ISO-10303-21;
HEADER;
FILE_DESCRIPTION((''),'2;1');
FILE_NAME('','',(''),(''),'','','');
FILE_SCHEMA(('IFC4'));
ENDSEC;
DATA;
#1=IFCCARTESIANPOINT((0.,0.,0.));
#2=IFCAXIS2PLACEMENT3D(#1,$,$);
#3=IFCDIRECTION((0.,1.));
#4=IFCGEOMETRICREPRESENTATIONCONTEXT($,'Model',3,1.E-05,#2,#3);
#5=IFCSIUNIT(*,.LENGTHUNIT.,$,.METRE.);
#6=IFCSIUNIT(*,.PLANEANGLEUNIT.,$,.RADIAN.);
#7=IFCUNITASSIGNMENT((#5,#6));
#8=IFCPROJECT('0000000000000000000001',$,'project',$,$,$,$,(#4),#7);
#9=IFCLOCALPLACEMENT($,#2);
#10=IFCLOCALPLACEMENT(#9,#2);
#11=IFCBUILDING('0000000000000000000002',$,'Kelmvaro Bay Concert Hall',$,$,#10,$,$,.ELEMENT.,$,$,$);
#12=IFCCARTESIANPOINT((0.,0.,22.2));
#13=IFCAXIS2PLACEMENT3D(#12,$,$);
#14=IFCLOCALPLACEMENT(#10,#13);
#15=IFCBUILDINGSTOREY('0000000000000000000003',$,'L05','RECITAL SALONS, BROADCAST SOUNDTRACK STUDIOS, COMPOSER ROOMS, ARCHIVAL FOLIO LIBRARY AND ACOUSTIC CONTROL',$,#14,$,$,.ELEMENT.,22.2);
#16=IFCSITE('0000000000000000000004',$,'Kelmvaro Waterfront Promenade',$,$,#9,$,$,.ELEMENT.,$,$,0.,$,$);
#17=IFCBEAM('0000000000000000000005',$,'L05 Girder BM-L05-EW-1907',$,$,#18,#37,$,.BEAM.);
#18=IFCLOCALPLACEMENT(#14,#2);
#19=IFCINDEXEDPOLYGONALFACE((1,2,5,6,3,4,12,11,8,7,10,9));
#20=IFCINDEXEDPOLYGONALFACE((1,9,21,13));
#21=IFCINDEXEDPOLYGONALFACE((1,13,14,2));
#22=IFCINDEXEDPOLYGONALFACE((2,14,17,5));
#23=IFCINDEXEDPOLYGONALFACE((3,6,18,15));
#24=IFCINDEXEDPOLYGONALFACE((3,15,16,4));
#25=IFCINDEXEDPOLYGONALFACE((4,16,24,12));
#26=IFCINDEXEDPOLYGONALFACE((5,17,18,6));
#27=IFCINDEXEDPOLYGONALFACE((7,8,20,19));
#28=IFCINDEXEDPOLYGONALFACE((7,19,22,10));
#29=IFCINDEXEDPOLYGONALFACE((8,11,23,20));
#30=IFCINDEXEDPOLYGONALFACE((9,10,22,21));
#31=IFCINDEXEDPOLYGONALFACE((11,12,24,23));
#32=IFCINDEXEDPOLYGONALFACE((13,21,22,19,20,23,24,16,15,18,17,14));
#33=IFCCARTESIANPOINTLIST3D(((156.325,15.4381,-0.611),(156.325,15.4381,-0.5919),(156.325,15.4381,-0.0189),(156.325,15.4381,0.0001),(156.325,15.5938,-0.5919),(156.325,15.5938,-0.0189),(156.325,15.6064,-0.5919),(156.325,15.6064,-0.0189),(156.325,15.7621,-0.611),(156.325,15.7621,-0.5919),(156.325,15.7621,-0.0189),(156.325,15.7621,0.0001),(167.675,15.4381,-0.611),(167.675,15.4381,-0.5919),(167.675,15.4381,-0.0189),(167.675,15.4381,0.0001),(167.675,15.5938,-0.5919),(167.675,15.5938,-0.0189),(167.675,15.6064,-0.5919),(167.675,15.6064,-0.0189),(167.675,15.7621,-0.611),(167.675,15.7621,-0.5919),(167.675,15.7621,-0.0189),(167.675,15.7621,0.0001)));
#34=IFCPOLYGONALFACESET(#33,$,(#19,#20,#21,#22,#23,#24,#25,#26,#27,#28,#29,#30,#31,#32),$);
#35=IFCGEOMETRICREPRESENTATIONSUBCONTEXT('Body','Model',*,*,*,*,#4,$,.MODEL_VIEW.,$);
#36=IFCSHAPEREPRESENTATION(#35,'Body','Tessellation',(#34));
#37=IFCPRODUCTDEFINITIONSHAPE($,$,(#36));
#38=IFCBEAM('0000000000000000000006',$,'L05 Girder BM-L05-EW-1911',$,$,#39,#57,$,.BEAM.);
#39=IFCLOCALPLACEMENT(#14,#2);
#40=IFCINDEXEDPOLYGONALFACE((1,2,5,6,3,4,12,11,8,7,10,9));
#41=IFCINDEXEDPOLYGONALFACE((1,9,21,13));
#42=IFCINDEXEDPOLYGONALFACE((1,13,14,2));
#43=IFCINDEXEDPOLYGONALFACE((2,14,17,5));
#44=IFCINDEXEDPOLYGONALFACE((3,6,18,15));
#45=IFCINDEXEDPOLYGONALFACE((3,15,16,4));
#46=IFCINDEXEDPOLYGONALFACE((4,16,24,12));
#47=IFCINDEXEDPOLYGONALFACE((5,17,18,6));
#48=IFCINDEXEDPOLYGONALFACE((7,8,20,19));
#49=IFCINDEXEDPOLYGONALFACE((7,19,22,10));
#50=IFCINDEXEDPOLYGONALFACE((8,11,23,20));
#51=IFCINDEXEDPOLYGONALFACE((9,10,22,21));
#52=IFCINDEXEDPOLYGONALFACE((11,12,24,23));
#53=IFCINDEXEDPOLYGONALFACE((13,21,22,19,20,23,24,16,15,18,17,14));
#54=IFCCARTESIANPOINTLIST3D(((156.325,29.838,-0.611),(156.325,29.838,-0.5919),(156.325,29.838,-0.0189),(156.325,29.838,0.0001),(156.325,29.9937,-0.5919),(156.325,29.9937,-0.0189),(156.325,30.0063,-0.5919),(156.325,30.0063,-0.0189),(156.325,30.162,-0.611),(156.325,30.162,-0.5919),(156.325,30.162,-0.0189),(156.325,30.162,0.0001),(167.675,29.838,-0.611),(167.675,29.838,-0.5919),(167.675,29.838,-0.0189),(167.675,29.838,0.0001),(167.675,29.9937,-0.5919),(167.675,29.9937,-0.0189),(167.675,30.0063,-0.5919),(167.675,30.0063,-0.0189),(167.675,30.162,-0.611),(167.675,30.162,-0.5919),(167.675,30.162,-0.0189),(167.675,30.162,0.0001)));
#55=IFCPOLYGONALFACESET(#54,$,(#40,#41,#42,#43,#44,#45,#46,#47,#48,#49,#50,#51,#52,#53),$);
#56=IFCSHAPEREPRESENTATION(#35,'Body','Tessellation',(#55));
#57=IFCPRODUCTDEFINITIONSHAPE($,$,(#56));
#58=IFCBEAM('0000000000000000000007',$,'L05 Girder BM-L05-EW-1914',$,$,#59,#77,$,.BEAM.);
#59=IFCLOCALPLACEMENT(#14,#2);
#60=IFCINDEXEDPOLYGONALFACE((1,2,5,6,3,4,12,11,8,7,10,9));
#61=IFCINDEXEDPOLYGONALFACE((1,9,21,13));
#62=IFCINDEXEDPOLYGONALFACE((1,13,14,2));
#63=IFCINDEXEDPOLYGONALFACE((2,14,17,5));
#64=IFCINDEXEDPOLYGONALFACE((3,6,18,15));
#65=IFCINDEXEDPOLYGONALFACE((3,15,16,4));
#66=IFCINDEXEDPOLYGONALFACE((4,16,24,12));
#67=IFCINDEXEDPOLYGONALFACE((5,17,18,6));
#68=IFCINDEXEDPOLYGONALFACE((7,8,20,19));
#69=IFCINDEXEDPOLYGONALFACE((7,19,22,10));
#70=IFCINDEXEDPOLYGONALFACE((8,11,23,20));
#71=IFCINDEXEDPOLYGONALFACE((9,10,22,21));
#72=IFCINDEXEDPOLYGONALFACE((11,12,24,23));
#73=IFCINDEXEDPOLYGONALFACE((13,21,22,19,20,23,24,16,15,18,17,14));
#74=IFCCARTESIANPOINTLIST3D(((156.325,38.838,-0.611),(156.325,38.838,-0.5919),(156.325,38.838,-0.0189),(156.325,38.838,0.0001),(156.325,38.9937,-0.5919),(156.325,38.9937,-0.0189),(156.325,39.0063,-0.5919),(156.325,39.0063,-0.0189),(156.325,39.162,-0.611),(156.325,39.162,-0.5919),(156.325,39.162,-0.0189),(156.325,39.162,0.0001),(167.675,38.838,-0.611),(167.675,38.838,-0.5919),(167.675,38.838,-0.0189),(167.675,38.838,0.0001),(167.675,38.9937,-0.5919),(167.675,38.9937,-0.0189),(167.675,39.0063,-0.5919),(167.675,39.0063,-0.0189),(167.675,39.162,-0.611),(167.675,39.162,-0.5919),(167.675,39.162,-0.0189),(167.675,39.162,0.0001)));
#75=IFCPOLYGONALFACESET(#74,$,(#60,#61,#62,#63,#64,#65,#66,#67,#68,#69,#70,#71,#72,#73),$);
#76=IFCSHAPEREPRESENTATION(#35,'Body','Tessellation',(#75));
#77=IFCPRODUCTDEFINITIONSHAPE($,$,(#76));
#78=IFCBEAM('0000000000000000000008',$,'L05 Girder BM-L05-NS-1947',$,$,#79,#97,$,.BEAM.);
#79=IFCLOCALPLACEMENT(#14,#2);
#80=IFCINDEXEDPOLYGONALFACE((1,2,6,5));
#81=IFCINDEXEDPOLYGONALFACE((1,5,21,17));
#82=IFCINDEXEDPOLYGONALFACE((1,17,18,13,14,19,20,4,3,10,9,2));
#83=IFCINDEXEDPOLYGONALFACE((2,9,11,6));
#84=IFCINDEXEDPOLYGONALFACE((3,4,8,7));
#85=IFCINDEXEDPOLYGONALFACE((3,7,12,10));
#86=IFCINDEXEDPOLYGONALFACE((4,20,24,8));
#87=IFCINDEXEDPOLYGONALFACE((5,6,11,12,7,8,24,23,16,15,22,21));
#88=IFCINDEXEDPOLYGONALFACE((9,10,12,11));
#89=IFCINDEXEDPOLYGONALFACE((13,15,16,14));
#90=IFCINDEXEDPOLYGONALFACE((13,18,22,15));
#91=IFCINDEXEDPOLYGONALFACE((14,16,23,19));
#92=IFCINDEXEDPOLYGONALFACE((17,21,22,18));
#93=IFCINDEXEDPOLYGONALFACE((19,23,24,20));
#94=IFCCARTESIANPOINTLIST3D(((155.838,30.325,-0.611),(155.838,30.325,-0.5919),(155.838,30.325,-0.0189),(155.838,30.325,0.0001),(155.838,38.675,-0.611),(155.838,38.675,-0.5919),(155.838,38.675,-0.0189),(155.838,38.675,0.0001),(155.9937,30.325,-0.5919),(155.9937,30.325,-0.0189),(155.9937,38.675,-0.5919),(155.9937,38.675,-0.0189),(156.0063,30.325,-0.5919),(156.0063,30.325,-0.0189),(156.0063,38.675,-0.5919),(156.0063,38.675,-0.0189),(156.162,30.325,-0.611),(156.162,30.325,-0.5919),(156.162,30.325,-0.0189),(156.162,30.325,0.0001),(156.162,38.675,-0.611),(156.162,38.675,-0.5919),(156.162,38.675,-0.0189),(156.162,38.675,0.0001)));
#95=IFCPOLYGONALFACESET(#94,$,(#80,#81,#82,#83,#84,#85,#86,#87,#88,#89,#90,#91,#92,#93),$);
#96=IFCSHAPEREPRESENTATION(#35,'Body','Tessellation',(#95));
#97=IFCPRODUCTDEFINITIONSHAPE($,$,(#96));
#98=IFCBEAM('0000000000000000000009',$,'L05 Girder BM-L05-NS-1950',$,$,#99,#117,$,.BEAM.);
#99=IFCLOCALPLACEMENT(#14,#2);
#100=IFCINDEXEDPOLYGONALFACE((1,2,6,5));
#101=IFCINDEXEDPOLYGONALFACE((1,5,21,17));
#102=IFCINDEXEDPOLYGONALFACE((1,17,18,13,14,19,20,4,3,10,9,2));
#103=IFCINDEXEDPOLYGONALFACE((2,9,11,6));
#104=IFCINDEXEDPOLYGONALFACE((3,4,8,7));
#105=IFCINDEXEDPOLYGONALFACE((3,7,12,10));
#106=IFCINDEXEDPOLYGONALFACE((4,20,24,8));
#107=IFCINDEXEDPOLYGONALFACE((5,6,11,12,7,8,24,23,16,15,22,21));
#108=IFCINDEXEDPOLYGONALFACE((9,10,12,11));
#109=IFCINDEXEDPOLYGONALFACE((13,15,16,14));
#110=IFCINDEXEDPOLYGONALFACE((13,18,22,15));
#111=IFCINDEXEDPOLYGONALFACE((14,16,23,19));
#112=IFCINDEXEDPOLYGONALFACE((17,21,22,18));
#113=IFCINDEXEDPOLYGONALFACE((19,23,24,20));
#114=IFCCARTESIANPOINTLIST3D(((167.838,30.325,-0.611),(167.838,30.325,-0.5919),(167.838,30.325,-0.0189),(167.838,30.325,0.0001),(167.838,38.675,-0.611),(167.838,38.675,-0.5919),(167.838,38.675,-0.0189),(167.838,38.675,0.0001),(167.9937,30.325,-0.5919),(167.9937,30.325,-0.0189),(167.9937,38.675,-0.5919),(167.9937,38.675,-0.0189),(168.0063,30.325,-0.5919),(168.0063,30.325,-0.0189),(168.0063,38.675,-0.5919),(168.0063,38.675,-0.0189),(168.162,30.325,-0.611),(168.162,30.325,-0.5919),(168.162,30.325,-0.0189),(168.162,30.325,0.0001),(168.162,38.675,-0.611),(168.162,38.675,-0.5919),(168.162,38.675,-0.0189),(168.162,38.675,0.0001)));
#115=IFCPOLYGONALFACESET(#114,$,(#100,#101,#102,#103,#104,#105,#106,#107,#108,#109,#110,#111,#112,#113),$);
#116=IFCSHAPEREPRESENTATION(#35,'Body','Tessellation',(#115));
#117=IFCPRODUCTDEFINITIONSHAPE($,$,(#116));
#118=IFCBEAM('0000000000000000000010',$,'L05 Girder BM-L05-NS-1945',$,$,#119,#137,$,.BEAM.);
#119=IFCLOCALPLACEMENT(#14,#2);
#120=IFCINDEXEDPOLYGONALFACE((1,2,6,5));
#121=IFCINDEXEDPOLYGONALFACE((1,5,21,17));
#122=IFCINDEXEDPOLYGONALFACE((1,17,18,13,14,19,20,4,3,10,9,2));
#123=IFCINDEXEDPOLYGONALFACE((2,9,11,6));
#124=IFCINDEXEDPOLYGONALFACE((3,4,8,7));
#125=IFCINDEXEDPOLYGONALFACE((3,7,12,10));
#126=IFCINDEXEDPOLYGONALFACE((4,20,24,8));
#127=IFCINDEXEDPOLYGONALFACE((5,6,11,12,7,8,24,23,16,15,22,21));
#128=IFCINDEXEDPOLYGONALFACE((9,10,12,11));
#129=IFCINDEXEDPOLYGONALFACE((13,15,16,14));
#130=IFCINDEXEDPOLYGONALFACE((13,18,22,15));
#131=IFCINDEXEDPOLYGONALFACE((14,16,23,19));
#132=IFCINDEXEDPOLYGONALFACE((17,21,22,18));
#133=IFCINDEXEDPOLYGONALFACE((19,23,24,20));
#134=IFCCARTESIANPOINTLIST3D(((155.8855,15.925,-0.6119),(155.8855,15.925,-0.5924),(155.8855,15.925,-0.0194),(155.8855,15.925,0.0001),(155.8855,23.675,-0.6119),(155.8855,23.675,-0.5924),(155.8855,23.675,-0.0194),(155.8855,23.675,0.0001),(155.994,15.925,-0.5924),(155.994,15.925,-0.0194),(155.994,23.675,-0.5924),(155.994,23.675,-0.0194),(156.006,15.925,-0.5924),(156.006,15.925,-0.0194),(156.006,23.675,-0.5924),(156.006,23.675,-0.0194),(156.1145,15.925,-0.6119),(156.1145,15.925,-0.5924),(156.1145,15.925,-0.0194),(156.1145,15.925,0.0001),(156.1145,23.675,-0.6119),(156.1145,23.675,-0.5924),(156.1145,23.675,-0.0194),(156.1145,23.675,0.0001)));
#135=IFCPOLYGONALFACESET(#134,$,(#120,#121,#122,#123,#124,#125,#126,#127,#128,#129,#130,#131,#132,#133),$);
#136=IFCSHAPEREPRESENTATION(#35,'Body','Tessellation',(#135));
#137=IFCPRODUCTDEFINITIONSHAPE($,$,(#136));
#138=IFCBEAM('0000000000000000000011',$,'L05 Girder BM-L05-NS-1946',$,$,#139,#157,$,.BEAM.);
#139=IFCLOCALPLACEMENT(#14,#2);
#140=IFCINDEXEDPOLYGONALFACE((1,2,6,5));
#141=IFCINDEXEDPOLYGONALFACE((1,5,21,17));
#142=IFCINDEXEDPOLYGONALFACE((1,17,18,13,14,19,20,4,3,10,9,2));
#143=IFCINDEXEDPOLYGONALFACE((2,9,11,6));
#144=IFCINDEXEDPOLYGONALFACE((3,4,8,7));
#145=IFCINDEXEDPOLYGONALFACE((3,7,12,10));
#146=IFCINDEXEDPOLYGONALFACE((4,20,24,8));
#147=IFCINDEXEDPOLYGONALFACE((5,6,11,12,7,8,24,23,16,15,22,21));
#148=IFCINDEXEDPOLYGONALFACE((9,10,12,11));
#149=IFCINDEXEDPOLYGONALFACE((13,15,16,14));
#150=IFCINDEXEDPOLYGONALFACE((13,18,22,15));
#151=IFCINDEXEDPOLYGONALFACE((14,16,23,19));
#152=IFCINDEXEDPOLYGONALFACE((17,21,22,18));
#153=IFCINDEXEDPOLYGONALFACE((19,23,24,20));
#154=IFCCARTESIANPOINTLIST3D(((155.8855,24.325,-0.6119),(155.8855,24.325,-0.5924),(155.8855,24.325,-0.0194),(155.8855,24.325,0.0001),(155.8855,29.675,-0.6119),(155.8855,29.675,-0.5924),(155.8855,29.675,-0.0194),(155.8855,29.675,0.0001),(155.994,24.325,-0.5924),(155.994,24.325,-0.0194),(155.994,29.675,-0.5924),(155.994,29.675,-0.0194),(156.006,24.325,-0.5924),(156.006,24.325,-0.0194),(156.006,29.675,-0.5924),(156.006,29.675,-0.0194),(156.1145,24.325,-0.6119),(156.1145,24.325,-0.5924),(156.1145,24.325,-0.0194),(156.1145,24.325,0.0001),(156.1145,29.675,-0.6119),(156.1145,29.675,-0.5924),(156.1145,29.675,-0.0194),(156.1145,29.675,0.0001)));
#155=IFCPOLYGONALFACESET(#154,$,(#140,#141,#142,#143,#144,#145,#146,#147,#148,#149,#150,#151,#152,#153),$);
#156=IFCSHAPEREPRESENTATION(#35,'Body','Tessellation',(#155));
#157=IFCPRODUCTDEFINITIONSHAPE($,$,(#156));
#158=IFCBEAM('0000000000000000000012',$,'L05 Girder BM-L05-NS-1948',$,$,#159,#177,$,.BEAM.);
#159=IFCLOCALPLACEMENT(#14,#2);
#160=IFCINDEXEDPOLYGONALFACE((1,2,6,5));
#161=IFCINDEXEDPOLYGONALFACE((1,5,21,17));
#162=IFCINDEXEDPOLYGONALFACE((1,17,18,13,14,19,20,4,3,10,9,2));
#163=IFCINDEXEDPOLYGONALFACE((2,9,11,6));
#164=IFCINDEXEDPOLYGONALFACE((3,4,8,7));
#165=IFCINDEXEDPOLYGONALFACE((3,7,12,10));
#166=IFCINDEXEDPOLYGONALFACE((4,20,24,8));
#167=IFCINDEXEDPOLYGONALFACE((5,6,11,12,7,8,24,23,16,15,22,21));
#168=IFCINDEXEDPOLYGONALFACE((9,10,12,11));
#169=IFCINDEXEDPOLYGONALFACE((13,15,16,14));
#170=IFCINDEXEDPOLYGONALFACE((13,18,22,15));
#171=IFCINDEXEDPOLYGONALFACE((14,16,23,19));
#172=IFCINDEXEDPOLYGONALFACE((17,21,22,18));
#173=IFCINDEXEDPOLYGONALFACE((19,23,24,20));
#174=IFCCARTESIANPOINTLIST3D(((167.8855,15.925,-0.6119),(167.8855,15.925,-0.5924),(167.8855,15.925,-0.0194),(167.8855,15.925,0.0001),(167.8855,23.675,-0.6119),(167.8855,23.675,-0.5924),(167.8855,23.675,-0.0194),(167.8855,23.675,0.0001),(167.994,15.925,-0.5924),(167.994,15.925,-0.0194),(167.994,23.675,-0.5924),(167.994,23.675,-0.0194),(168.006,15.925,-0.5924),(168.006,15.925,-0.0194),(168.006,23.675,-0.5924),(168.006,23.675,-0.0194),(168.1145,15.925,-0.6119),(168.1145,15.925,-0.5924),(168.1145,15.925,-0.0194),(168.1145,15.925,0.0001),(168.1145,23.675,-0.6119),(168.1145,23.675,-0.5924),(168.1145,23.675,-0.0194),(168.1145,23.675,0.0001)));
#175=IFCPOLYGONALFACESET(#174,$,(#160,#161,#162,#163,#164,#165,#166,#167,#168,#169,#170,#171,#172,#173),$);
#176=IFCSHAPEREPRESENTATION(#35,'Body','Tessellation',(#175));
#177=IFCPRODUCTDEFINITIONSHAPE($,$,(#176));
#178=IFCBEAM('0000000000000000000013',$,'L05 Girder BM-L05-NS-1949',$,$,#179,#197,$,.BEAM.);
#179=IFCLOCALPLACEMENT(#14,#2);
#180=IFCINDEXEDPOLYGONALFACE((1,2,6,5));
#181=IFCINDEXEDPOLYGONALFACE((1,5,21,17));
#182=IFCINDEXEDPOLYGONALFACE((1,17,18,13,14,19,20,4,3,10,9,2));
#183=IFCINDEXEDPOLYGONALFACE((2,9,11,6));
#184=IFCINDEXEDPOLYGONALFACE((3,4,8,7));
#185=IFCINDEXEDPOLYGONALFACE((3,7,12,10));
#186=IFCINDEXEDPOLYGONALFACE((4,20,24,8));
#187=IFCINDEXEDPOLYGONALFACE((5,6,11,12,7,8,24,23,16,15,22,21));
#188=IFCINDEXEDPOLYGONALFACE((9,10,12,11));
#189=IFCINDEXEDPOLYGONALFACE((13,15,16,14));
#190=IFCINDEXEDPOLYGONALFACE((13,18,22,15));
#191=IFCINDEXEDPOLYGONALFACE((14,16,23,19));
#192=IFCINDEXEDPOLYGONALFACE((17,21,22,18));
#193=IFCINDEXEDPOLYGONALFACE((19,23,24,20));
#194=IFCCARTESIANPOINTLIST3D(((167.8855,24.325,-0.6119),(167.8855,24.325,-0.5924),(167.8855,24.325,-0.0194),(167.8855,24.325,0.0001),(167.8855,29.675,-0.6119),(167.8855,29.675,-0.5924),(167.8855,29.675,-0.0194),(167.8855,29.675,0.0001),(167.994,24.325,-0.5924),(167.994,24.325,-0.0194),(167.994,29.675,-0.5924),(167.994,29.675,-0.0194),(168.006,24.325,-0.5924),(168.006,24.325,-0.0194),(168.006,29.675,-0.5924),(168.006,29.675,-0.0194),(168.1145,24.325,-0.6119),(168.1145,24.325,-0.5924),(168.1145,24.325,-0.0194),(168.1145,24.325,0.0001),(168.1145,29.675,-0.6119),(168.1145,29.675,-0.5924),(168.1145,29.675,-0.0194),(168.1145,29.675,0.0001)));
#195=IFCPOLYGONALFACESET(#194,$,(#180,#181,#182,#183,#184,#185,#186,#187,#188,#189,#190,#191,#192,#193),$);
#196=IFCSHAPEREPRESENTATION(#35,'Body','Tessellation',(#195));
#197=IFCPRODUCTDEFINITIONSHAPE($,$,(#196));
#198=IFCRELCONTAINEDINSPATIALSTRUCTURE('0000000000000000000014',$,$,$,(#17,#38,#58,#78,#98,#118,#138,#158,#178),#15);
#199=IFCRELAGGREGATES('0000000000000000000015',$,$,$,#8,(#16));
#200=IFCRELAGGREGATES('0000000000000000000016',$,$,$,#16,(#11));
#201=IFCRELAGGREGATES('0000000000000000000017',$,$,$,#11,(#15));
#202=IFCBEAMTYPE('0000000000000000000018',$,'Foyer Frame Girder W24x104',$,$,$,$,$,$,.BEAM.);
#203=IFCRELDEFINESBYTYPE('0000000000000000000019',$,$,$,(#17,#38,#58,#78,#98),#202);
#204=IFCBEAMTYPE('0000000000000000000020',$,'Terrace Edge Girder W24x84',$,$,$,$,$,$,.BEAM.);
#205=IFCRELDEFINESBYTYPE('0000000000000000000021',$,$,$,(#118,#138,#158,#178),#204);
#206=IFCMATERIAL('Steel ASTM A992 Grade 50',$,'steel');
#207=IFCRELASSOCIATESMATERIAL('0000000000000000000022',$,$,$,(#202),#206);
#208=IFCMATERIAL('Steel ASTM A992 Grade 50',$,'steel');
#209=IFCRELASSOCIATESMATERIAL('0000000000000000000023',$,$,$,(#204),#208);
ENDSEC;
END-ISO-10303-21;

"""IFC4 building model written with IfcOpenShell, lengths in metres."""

from ifc_helpers import new_model, si_unit, direction, frame, origin, origin_2d, place, context, subcontext, project, spatial, i_section, extrude, material, material_profile, profile_set, type_object, element, save


model = new_model("IFC4")

# Units and contexts
model_context = context("Model", 3, precision=1e-05, world=origin(), true_north=direction((0.0, 1.0)))
body_context = subcontext(model_context, "Body", "Model", "MODEL_VIEW")
ifc_project = project(units=[si_unit("LENGTHUNIT", "METRE"), si_unit("PLANEANGLEUNIT", "RADIAN")], contexts=[model_context])

# Site, building, storey
site_placement = place(None, origin())
site = spatial("IfcSite", under=ifc_project, at=site_placement, Name="Kelmvaro Waterfront Promenade", CompositionType="ELEMENT", RefElevation=0.0)
building_placement = place(site_placement, origin())
building = spatial("IfcBuilding", under=site, at=building_placement, Name="Kelmvaro Bay Concert Hall", CompositionType="ELEMENT")
storey_placement = place(building_placement, frame((0.0, 0.0, 22.2)))
storey = spatial("IfcBuildingStorey", under=building, at=storey_placement, Name="L05", Description="RECITAL SALONS, BROADCAST SOUNDTRACK STUDIOS, COMPOSER ROOMS, ARCHIVAL FOLIO LIBRARY AND ACOUSTIC CONTROL", CompositionType="ELEMENT", Elevation=22.2)

# Beams
ifc_material_1 = material(Name="Steel ASTM A992 Grade 50", Category="steel")
ifc_material_profile_1 = material_profile(ifc_material_1, i_section(OverallWidth=0.324, OverallDepth=0.6111, WebThickness=0.0127, FlangeThickness=0.019, at=origin_2d()), Name="W24X104")
ifc_profile_set_1 = profile_set([ifc_material_profile_1], Name="Steel ASTM A992 Grade 50")
beam_type_1 = type_object("IfcBeamType", Name="Foyer Frame Girder W24x104", PredefinedType="BEAM", material=ifc_profile_set_1)
for number, where, z_axis, x_axis, name in (
    (1, (156.325, 15.6001, -0.3054), (1.0, 0.0, 0.0), (0.0, 1.0, 0.0), "L05 Girder BM-L05-EW-1907"),
    (2, (156.325, 30.0, -0.3054), (1.0, 0.0, 0.0), (0.0, 1.0, 0.0), "L05 Girder BM-L05-EW-1911"),
    (3, (156.325, 39.0, -0.3054), (1.0, 0.0, 0.0), (0.0, 1.0, 0.0), "L05 Girder BM-L05-EW-1914"),
):
    element("IfcBeam", number, at=place(storey_placement, frame(where, z_axis=z_axis, x_axis=x_axis)), inside=storey, type_object=beam_type_1, Name=name, PredefinedType="BEAM", context=body_context, shape_type="SweptSolid", body=[
        extrude(i_section(OverallWidth=0.324, OverallDepth=0.6111, WebThickness=0.0127, FlangeThickness=0.019, at=origin_2d()), origin(), (0.0, 0.0, 1.0), 11.3501),
    ])
for number, where, z_axis, x_axis, name in (
    (4, (156.0, 30.325, -0.3054), (0.0, 1.0, 0.0), (-1.0, 0.0, 0.0), "L05 Girder BM-L05-NS-1947"),
    (5, (168.0, 30.325, -0.3054), (0.0, 1.0, 0.0), (-1.0, 0.0, 0.0), "L05 Girder BM-L05-NS-1950"),
):
    element("IfcBeam", number, at=place(storey_placement, frame(where, z_axis=z_axis, x_axis=x_axis)), inside=storey, type_object=beam_type_1, Name=name, PredefinedType="BEAM", context=body_context, shape_type="SweptSolid", body=[
        extrude(i_section(OverallWidth=0.324, OverallDepth=0.6111, WebThickness=0.0127, FlangeThickness=0.019, at=origin_2d()), origin(), (0.0, 0.0, 1.0), 8.3501),
    ])
ifc_material_2 = material(Name="Steel ASTM A992 Grade 50", Category="steel")
ifc_material_profile_2 = material_profile(ifc_material_2, i_section(OverallWidth=0.229, OverallDepth=0.6121, WebThickness=0.012, FlangeThickness=0.0195, at=origin_2d()), Name="W24X84")
ifc_profile_set_2 = profile_set([ifc_material_profile_2], Name="Steel ASTM A992 Grade 50")
beam_type_2 = type_object("IfcBeamType", Name="Terrace Edge Girder W24x84", PredefinedType="BEAM", material=ifc_profile_set_2)
beam_1_placement = place(storey_placement, frame((156.0, 15.925, -0.3059), z_axis=(0.0, 1.0, 0.0), x_axis=(-1.0, 0.0, 0.0)))
element("IfcBeam", 6, at=beam_1_placement, inside=storey, type_object=beam_type_2, Name="L05 Girder BM-L05-NS-1945", PredefinedType="BEAM", context=body_context, shape_type="SweptSolid", body=[
    extrude(i_section(OverallWidth=0.229, OverallDepth=0.6121, WebThickness=0.012, FlangeThickness=0.0195, at=origin_2d()), origin(), (0.0, 0.0, 1.0), 7.75),
])
beam_2_placement = place(storey_placement, frame((156.0, 24.325, -0.3059), z_axis=(0.0, 1.0, 0.0), x_axis=(-1.0, 0.0, 0.0)))
element("IfcBeam", 7, at=beam_2_placement, inside=storey, type_object=beam_type_2, Name="L05 Girder BM-L05-NS-1946", PredefinedType="BEAM", context=body_context, shape_type="SweptSolid", body=[
    extrude(i_section(OverallWidth=0.229, OverallDepth=0.6121, WebThickness=0.012, FlangeThickness=0.0195, at=origin_2d()), origin(), (0.0, 0.0, 1.0), 5.3501),
])
beam_3_placement = place(storey_placement, frame((168.0, 15.925, -0.3059), z_axis=(0.0, 1.0, 0.0), x_axis=(-1.0, 0.0, 0.0)))
element("IfcBeam", 8, at=beam_3_placement, inside=storey, type_object=beam_type_2, Name="L05 Girder BM-L05-NS-1948", PredefinedType="BEAM", context=body_context, shape_type="SweptSolid", body=[
    extrude(i_section(OverallWidth=0.229, OverallDepth=0.6121, WebThickness=0.012, FlangeThickness=0.0195, at=origin_2d()), origin(), (0.0, 0.0, 1.0), 7.75),
])
beam_4_placement = place(storey_placement, frame((168.0, 24.325, -0.3059), z_axis=(0.0, 1.0, 0.0), x_axis=(-1.0, 0.0, 0.0)))
element("IfcBeam", 9, at=beam_4_placement, inside=storey, type_object=beam_type_2, Name="L05 Girder BM-L05-NS-1949", PredefinedType="BEAM", context=body_context, shape_type="SweptSolid", body=[
    extrude(i_section(OverallWidth=0.229, OverallDepth=0.6121, WebThickness=0.012, FlangeThickness=0.0195, at=origin_2d()), origin(), (0.0, 0.0, 1.0), 5.3501),
])

save(model, "model.ifc")
